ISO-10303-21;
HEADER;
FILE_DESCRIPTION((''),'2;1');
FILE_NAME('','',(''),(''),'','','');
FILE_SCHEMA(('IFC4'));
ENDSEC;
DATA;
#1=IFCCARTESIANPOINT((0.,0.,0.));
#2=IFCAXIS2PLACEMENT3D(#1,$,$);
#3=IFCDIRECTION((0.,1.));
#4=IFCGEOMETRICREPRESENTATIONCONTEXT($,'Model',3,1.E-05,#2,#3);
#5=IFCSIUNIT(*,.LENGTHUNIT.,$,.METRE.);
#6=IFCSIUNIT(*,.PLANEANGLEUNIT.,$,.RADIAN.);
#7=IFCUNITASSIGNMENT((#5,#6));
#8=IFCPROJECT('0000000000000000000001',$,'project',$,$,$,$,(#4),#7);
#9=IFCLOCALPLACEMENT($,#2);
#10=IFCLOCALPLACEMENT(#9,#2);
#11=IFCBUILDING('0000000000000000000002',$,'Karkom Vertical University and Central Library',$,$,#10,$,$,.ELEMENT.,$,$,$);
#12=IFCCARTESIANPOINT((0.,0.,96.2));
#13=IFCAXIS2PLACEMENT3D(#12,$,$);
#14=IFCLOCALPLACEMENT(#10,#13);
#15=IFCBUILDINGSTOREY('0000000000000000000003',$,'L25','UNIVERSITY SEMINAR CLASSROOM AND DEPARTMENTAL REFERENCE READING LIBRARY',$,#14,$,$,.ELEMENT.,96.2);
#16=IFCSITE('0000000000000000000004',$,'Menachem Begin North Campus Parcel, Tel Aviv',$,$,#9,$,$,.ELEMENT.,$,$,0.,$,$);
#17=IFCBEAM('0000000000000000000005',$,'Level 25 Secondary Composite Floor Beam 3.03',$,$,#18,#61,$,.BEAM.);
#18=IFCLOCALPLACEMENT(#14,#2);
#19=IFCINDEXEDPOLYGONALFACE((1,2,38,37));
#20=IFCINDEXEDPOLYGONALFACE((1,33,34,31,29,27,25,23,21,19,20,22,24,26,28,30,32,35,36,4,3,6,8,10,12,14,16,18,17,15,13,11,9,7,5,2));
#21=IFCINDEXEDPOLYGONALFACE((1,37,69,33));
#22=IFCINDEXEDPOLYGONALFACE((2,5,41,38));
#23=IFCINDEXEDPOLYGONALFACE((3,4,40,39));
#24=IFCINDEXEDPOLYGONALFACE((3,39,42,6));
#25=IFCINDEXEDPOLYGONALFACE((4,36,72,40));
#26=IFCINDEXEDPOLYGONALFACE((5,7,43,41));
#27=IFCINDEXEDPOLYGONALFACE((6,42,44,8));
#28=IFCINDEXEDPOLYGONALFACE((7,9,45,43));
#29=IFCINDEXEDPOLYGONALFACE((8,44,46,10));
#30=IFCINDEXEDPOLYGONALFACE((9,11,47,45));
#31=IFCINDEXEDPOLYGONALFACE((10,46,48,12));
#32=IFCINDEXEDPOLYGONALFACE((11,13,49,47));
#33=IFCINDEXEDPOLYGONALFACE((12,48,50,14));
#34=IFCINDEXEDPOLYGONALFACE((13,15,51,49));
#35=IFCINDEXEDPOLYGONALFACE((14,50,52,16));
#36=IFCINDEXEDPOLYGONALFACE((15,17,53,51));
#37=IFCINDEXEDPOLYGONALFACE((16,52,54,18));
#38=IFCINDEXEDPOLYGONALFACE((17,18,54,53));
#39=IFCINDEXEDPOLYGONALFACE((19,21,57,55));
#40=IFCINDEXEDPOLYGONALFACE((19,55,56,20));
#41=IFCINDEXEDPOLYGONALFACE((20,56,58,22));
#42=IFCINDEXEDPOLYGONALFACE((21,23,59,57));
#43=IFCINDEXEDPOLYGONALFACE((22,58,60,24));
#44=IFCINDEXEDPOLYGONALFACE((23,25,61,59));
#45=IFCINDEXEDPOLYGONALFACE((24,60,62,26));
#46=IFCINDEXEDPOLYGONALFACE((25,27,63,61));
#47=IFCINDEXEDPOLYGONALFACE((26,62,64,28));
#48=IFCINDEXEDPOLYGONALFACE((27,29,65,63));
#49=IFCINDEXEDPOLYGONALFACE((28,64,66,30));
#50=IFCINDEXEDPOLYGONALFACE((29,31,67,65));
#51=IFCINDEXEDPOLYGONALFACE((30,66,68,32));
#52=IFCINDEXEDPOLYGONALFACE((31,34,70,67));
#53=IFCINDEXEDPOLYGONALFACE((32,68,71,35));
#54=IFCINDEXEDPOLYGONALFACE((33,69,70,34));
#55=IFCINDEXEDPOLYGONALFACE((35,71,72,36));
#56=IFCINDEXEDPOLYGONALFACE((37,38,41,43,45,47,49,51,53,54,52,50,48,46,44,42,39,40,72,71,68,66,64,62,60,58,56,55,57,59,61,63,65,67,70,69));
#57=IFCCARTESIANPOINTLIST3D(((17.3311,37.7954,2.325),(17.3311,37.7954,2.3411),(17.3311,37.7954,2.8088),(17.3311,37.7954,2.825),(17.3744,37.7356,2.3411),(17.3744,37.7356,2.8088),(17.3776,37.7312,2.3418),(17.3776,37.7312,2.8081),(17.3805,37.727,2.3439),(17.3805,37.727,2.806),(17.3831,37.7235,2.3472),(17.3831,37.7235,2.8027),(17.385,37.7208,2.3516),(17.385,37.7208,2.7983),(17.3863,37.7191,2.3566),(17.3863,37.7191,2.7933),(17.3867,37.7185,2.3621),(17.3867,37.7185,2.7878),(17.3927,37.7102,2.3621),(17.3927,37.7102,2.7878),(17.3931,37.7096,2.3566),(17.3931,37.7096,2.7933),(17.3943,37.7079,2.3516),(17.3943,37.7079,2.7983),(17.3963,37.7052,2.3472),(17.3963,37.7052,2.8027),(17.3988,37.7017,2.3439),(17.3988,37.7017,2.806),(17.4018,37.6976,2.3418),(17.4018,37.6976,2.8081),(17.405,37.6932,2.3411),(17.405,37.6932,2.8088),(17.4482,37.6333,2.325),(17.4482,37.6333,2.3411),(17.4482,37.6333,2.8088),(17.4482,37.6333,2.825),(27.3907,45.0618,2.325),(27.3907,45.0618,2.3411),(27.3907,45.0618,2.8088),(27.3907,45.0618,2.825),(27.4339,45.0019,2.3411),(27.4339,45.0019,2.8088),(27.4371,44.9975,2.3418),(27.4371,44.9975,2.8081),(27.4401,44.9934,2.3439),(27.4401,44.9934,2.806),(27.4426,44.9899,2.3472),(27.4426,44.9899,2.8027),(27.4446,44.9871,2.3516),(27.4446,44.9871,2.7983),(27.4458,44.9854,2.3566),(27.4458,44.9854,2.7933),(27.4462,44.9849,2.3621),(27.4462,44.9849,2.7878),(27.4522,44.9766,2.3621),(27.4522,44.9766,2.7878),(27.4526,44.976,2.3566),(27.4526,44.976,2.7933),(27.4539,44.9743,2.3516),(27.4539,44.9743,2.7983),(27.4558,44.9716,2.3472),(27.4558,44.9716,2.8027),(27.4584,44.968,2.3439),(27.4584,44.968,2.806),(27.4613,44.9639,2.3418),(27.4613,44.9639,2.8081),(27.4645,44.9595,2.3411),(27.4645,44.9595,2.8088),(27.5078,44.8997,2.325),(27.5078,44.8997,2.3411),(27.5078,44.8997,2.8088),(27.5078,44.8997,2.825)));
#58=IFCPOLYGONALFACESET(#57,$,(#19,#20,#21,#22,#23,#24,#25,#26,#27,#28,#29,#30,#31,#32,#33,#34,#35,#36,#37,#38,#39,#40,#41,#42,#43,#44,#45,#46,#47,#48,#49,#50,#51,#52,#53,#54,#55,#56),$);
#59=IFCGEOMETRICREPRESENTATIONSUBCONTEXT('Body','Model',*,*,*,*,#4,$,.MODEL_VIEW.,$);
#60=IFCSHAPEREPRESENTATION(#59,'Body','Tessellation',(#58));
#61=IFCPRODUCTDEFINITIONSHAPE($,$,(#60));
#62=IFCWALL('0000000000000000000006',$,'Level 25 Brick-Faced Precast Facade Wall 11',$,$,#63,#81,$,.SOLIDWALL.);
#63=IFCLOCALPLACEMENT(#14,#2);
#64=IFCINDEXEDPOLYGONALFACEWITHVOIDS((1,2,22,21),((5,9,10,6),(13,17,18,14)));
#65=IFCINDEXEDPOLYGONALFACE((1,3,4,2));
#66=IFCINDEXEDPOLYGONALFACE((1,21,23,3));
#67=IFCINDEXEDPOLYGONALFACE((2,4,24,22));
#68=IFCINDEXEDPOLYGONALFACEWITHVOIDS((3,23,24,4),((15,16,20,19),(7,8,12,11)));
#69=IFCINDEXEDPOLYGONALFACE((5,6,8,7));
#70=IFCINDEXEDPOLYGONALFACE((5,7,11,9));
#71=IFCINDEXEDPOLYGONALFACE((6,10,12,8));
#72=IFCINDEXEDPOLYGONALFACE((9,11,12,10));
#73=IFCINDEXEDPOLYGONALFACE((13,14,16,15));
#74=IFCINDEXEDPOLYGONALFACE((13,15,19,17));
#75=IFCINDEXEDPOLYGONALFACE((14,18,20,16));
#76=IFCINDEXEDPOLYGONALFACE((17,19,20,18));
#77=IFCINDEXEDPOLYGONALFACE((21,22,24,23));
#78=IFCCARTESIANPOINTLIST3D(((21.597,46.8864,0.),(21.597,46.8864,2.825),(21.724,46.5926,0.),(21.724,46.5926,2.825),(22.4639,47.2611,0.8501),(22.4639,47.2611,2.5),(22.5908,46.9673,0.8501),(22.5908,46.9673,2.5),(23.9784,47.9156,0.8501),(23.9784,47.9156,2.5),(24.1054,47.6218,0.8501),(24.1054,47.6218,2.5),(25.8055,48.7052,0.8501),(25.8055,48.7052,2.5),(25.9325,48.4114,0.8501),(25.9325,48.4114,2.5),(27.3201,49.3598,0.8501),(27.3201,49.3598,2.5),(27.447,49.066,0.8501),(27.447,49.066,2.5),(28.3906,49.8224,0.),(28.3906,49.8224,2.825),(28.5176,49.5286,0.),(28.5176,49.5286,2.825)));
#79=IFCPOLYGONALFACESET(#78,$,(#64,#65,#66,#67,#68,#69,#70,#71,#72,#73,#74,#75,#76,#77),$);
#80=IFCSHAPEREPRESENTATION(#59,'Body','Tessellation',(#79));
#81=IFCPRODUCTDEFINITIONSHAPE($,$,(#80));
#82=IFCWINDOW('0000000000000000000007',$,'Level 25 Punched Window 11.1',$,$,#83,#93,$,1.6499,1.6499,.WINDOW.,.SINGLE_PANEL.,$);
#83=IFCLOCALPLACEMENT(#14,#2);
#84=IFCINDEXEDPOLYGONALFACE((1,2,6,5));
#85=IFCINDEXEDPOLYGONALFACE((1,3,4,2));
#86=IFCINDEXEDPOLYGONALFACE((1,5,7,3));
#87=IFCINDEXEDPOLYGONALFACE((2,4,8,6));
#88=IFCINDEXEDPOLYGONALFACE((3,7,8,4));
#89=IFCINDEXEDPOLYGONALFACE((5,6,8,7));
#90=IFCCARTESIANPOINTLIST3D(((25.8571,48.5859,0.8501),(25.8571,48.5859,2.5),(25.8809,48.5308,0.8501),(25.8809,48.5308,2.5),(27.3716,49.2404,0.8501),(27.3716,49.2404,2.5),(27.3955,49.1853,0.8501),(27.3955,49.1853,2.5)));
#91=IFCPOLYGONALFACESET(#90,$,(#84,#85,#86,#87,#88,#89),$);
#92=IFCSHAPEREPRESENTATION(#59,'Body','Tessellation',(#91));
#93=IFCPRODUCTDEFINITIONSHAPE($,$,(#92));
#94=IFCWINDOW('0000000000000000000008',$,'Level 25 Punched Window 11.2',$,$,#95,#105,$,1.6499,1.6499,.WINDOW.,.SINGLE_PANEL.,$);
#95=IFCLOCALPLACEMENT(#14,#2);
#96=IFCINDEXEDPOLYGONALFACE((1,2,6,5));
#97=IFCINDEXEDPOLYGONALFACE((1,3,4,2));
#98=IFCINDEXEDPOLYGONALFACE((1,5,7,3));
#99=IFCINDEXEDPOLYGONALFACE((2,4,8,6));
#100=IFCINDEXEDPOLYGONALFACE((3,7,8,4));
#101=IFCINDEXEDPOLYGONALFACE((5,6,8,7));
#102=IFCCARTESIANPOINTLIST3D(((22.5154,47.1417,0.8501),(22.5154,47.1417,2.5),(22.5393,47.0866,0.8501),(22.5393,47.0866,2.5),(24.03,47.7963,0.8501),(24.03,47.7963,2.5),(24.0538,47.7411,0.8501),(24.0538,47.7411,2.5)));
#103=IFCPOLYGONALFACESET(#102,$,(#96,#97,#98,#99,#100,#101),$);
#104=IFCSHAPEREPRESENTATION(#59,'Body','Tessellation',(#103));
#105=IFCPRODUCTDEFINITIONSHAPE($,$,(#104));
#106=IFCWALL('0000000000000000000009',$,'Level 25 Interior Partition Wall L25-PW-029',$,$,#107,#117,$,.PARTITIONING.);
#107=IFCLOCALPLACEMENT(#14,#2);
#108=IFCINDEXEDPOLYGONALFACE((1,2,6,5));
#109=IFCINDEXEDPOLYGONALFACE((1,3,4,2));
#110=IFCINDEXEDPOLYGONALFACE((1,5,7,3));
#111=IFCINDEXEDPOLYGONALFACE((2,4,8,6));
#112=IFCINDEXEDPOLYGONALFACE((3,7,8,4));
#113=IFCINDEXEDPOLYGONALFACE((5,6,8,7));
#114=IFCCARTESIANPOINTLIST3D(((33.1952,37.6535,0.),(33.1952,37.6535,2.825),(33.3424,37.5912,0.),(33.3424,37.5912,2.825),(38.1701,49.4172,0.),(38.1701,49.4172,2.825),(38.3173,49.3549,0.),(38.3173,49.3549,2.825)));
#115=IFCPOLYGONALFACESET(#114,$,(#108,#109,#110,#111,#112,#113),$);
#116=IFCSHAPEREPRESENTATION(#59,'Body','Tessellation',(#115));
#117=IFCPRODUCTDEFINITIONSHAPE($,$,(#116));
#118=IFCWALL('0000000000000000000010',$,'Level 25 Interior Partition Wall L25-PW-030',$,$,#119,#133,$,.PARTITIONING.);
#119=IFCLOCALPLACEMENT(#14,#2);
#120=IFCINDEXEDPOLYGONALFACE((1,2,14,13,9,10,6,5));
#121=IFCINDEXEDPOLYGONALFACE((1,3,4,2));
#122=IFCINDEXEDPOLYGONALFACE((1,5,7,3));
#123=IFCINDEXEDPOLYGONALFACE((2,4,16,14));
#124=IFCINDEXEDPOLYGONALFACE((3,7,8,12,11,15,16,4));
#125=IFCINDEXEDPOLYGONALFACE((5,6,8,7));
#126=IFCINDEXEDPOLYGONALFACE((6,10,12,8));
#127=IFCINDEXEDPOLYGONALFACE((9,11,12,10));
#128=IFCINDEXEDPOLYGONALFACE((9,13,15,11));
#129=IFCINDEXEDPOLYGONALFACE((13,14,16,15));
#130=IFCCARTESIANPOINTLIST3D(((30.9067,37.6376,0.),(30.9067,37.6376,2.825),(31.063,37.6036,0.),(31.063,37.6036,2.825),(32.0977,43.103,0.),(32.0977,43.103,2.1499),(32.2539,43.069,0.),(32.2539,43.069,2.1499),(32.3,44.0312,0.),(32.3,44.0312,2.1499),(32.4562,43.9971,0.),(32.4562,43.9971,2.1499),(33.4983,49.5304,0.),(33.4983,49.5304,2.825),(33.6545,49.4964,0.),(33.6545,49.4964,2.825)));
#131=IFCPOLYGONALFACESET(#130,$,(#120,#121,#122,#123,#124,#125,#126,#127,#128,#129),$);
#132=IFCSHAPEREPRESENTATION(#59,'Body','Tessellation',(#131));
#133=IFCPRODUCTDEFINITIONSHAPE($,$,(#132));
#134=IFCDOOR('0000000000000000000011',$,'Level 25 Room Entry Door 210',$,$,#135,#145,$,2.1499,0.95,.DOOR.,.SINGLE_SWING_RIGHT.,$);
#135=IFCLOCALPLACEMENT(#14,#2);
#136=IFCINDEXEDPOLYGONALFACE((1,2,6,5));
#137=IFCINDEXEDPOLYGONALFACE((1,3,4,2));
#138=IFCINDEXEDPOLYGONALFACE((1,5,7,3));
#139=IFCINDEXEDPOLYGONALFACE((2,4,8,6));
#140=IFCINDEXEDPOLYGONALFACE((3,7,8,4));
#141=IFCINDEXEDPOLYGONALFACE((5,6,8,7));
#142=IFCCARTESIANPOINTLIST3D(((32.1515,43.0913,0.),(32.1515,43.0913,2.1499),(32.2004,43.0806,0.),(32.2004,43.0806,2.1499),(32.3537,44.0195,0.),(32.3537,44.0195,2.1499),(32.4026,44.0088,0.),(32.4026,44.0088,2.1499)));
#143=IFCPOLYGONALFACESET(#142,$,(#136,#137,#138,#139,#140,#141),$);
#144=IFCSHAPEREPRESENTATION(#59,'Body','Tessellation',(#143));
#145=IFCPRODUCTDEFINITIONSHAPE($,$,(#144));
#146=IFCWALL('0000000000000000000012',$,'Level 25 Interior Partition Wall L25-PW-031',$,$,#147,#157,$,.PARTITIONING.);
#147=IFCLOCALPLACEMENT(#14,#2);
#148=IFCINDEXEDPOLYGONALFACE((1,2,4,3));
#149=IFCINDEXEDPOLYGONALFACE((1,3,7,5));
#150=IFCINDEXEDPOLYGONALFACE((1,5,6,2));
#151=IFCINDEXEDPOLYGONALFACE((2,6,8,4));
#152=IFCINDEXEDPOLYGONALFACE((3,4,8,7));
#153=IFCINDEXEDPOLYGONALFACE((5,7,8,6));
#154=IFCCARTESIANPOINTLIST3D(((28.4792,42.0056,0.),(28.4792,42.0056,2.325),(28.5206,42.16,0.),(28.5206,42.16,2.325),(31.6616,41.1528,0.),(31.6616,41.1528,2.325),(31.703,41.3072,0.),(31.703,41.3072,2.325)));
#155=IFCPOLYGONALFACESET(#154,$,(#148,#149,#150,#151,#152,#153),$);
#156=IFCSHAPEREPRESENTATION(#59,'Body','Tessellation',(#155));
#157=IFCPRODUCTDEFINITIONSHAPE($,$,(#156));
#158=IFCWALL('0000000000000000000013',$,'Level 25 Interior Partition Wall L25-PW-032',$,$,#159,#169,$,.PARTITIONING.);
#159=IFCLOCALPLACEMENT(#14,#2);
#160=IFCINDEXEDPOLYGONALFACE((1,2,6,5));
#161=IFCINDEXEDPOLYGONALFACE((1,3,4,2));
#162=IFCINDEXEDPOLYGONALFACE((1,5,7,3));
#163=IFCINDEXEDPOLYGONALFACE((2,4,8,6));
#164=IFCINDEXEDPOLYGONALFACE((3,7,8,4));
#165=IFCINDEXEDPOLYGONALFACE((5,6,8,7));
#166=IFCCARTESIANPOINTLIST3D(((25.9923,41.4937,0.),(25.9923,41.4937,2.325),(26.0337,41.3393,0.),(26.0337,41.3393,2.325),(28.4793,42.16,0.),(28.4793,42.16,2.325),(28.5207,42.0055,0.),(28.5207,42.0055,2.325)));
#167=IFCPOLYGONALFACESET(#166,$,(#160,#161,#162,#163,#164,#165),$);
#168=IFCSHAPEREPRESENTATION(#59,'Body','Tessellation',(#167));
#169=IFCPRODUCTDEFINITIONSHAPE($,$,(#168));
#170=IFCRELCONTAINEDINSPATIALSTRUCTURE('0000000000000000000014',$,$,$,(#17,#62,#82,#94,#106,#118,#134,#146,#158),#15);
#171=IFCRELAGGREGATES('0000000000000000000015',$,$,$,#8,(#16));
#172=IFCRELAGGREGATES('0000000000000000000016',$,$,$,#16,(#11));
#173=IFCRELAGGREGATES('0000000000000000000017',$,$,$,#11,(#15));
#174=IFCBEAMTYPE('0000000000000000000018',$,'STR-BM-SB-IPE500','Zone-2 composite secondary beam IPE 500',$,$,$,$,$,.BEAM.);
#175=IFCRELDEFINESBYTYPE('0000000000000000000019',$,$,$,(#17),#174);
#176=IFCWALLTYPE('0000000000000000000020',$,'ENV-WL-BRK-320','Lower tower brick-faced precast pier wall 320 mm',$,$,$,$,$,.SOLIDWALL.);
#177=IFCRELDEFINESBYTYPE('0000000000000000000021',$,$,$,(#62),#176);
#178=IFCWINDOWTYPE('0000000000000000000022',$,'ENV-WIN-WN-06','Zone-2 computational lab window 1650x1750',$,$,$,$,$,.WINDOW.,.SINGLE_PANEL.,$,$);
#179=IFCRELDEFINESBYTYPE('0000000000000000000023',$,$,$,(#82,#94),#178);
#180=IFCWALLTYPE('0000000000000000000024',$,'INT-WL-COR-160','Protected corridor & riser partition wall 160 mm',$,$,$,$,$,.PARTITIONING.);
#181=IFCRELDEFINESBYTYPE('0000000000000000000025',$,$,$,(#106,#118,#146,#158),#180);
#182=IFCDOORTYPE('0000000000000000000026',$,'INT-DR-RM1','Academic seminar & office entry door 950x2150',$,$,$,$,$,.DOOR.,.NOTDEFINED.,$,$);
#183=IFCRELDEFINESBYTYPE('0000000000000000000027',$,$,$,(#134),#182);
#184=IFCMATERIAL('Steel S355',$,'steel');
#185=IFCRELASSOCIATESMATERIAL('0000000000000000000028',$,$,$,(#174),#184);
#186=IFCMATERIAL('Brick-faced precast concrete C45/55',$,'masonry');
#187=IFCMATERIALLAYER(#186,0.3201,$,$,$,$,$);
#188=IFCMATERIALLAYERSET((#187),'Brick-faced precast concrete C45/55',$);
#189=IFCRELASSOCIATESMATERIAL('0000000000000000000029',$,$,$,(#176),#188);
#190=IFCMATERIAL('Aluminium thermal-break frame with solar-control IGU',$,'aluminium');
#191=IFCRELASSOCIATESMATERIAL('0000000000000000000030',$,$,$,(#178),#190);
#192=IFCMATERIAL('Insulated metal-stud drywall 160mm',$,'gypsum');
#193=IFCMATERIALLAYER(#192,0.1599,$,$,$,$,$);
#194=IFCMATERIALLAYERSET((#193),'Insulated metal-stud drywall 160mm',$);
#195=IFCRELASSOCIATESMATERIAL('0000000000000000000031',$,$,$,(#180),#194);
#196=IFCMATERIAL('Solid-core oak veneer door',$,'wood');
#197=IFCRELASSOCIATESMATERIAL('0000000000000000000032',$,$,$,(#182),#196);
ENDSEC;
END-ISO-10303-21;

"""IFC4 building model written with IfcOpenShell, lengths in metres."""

from ifc_helpers import new_model, si_unit, direction, frame, frame_2d, origin, origin_with_axes, origin_2d, place, context, subcontext, project, spatial, rectangle, i_section, extrude, source, transform, mapped, material, layer, layer_set, material_profile, profile_set, type_object, element, fill, save


model = new_model("IFC4")

# Units and contexts
model_context = context("Model", 3, precision=1e-05, world=origin(), true_north=direction((0.0, 1.0)))
body_context = subcontext(model_context, "Body", "Model", "MODEL_VIEW")
ifc_project = project(units=[si_unit("LENGTHUNIT", "METRE"), si_unit("PLANEANGLEUNIT", "RADIAN")], contexts=[model_context])

# Site, building, storey
site_placement = place(None, origin())
site = spatial("IfcSite", under=ifc_project, at=site_placement, Name="Menachem Begin North Campus Parcel, Tel Aviv", CompositionType="ELEMENT", RefElevation=0.0)
building_placement = place(site_placement, origin())
building = spatial("IfcBuilding", under=site, at=building_placement, Name="Karkom Vertical University and Central Library", CompositionType="ELEMENT")
storey_placement = place(building_placement, frame((0.0, 0.0, 96.2)))
storey = spatial("IfcBuildingStorey", under=building, at=storey_placement, Name="L25", Description="UNIVERSITY SEMINAR CLASSROOM AND DEPARTMENTAL REFERENCE READING LIBRARY", CompositionType="ELEMENT", Elevation=96.2)

# Beam
ifc_material_1 = material(Name="Steel S355", Category="steel")
ifc_material_profile_1 = material_profile(ifc_material_1, i_section(OverallWidth=0.2, OverallDepth=0.5, WebThickness=0.0103, FlangeThickness=0.0161, FilletRadius=0.021, at=origin_2d()), Name="IPE 500")
ifc_profile_set_1 = profile_set([ifc_material_profile_1], Name="Steel S355")
beam_type_1 = type_object("IfcBeamType", Name="STR-BM-SB-IPE500", Description="Zone-2 composite secondary beam IPE 500", PredefinedType="BEAM", material=ifc_profile_set_1)
shared_shape_1 = source(origin_with_axes(), body_context, "Body", "SweptSolid", [
    extrude(i_section(OverallWidth=0.2, OverallDepth=0.5, WebThickness=0.0103, FlangeThickness=0.0161, FilletRadius=0.021, at=origin_2d()), origin(), (0.0, 0.0, 1.0), 12.4094),
])
beam_1_placement = place(storey_placement, frame((27.4492, 44.9807, 2.575), z_axis=(-0.810637, -0.585549, 0.0), x_axis=(0.585549, -0.810637, 0.0)))
element("IfcBeam", 1, at=beam_1_placement, inside=storey, type_object=beam_type_1, Name="Level 25 Secondary Composite Floor Beam 3.03", PredefinedType="BEAM", context=body_context, shape_type="MappedRepresentation", body=[
    mapped(shared_shape_1, transform((0.0, 0.0, 0.0), scale=1.0)),
])

# Wall, openings, windows
ifc_material_2 = material(Name="Brick-faced precast concrete C45/55", Category="masonry")
ifc_layer_1 = layer(ifc_material_2, 0.3201)
ifc_layer_set_1 = layer_set([ifc_layer_1], Name="Brick-faced precast concrete C45/55")
wall_type_1 = type_object("IfcWallType", Name="ENV-WL-BRK-320", Description="Lower tower brick-faced precast pier wall 320 mm", PredefinedType="SOLIDWALL", material=ifc_layer_set_1)
wall_1_placement = place(storey_placement, frame((28.4541, 49.6755, 0.0), z_axis=(0.0, 0.0, 1.0), x_axis=(-0.917945, -0.396708, 0.0)))
wall_1 = element("IfcWall", 2, at=wall_1_placement, inside=storey, type_object=wall_type_1, Name="Level 25 Brick-Faced Precast Facade Wall 11", PredefinedType="SOLIDWALL", context=body_context, shape_type="SweptSolid", body=[
    extrude(rectangle(XDim=7.4009, YDim=0.3201, at=frame_2d((3.7004, 0.0))), origin(), (0.0, 0.0, 1.0), 2.825),
])
opening_1_placement = place(wall_1_placement, frame((1.1663, 0.0, 0.8501)))
opening_1 = element("IfcOpeningElement", 3, at=opening_1_placement, cuts=wall_1, PredefinedType="OPENING", context=body_context, shape_type="SweptSolid", body=[
    extrude(rectangle(XDim=1.6499, YDim=1.6499, at=frame_2d((0.825, 0.825))), frame((0.0, 0.1699, 0.0), z_axis=(0.0, -1.0, 0.0), x_axis=(1.0, 0.0, 0.0)), (0.0, 0.0, 1.0), 0.3401),
])
opening_2_placement = place(wall_1_placement, frame((4.8066, 0.0, 0.8501)))
opening_2 = element("IfcOpeningElement", 4, at=opening_2_placement, cuts=wall_1, PredefinedType="OPENING", context=body_context, shape_type="SweptSolid", body=[
    extrude(rectangle(XDim=1.6499, YDim=1.6499, at=frame_2d((0.825, 0.825))), frame((0.0, 0.1699, 0.0), z_axis=(0.0, -1.0, 0.0), x_axis=(1.0, 0.0, 0.0)), (0.0, 0.0, 1.0), 0.3401),
])
ifc_material_3 = material(Name="Aluminium thermal-break frame with solar-control IGU", Category="aluminium")
window_type = type_object("IfcWindowType", Name="ENV-WIN-WN-06", Description="Zone-2 computational lab window 1650x1750", PartitioningType="SINGLE_PANEL", PredefinedType="WINDOW", material=ifc_material_3)
shared_shape_2 = source(origin_with_axes(), body_context, "Body", "SweptSolid", [
    extrude(rectangle(XDim=1.6499, YDim=1.6499, at=frame_2d((0.825, 0.825))), frame((0.0, 0.03, 0.0), z_axis=(0.0, -1.0, 0.0), x_axis=(1.0, 0.0, 0.0)), (0.0, 0.0, 1.0), 0.0601),
])
window_1_placement = place(opening_1_placement, origin())
window_1 = element("IfcWindow", 5, at=window_1_placement, inside=storey, type_object=window_type, Name="Level 25 Punched Window 11.1", OverallHeight=1.6499, OverallWidth=1.6499, PartitioningType="SINGLE_PANEL", PredefinedType="WINDOW", context=body_context, shape_type="MappedRepresentation", body=[
    mapped(shared_shape_2, transform((0.0, 0.0, 0.0), scale=1.0)),
])
fill(opening_1, window_1)
window_2_placement = place(opening_2_placement, origin())
window_2 = element("IfcWindow", 6, at=window_2_placement, inside=storey, type_object=window_type, Name="Level 25 Punched Window 11.2", OverallHeight=1.6499, OverallWidth=1.6499, PartitioningType="SINGLE_PANEL", PredefinedType="WINDOW", context=body_context, shape_type="MappedRepresentation", body=[
    mapped(shared_shape_2, transform((0.0, 0.0, 0.0), scale=1.0)),
])
fill(opening_2, window_2)

# Wall
ifc_material_4 = material(Name="Insulated metal-stud drywall 160mm", Category="gypsum")
ifc_layer_2 = layer(ifc_material_4, 0.1599)
ifc_layer_set_2 = layer_set([ifc_layer_2], Name="Insulated metal-stud drywall 160mm")
wall_type_2 = type_object("IfcWallType", Name="INT-WL-COR-160", Description="Protected corridor & riser partition wall 160 mm", PredefinedType="PARTITIONING", material=ifc_layer_set_2)
wall_2_placement = place(storey_placement, frame((33.2688, 37.6223, 0.0), z_axis=(0.0, 0.0, 1.0), x_axis=(0.389502, 0.921026, 0.0)))
element("IfcWall", 7, at=wall_2_placement, inside=storey, type_object=wall_type_2, Name="Level 25 Interior Partition Wall L25-PW-029", PredefinedType="PARTITIONING", context=body_context, shape_type="SweptSolid", body=[
    extrude(rectangle(XDim=12.7725, YDim=0.1599, at=frame_2d((6.3862, 0.0))), origin(), (0.0, 0.0, 1.0), 2.825),
])

# Wall, opening, door
wall_3_placement = place(storey_placement, frame((30.9849, 37.6206, 0.0), z_axis=(0.0, 0.0, 1.0), x_axis=(0.212913, 0.977071, 0.0)))
wall_3 = element("IfcWall", 8, at=wall_3_placement, inside=storey, type_object=wall_type_2, Name="Level 25 Interior Partition Wall L25-PW-030", PredefinedType="PARTITIONING", context=body_context, shape_type="SweptSolid", body=[
    extrude(rectangle(XDim=12.1719, YDim=0.1599, at=frame_2d((6.0859, 0.0))), origin(), (0.0, 0.0, 1.0), 2.825),
])
opening_3_placement = place(wall_3_placement, frame((5.5935, 0.0, 0.0)))
opening_3 = element("IfcOpeningElement", 9, at=opening_3_placement, cuts=wall_3, PredefinedType="OPENING", context=body_context, shape_type="SweptSolid", body=[
    extrude(rectangle(XDim=0.95, YDim=2.1499, at=frame_2d((0.4751, 1.075))), frame((0.0, 0.0898, 0.0), z_axis=(0.0, -1.0, 0.0), x_axis=(1.0, 0.0, 0.0)), (0.0, 0.0, 1.0), 0.1799),
])
ifc_material_5 = material(Name="Solid-core oak veneer door", Category="wood")
door_type_1 = type_object("IfcDoorType", Name="INT-DR-RM1", Description="Academic seminar & office entry door 950x2150", OperationType="NOTDEFINED", PredefinedType="DOOR", material=ifc_material_5)
shared_shape_3 = source(origin_with_axes(), body_context, "Body", "SweptSolid", [
    extrude(rectangle(XDim=0.95, YDim=2.1499, at=frame_2d((0.4751, 1.075))), frame((0.0, 0.0249, 0.0), z_axis=(0.0, -1.0, 0.0), x_axis=(1.0, 0.0, 0.0)), (0.0, 0.0, 1.0), 0.05),
])
door_1_placement = place(opening_3_placement, origin())
door_1 = element("IfcDoor", 10, at=door_1_placement, inside=storey, type_object=door_type_1, Name="Level 25 Room Entry Door 210", OperationType="SINGLE_SWING_RIGHT", OverallHeight=2.1499, OverallWidth=0.95, PredefinedType="DOOR", context=body_context, shape_type="MappedRepresentation", body=[
    mapped(shared_shape_3, transform((0.0, 0.0, 0.0), scale=1.0)),
])
fill(opening_3, door_1)

# Walls
wall_4_placement = place(storey_placement, frame((31.6824, 41.23, 0.0), z_axis=(0.0, 0.0, 1.0), x_axis=(-0.965921, 0.258839, 0.0)))
element("IfcWall", 11, at=wall_4_placement, inside=storey, type_object=wall_type_2, Name="Level 25 Interior Partition Wall L25-PW-031", PredefinedType="PARTITIONING", context=body_context, shape_type="SweptSolid", body=[
    extrude(rectangle(XDim=3.2947, YDim=0.1599, at=frame_2d((1.6475, 0.0))), origin(), (0.0, 0.0, 1.0), 2.325),
])
wall_5_placement = place(storey_placement, frame((28.5, 42.0828, 0.0), z_axis=(0.0, 0.0, 1.0), x_axis=(-0.96594, -0.258766, 0.0)))
element("IfcWall", 12, at=wall_5_placement, inside=storey, type_object=wall_type_2, Name="Level 25 Interior Partition Wall L25-PW-032", PredefinedType="PARTITIONING", context=body_context, shape_type="SweptSolid", body=[
    extrude(rectangle(XDim=2.5747, YDim=0.1599, at=frame_2d((1.2874, 0.0))), origin(), (0.0, 0.0, 1.0), 2.325),
])

save(model, "model.ifc")
